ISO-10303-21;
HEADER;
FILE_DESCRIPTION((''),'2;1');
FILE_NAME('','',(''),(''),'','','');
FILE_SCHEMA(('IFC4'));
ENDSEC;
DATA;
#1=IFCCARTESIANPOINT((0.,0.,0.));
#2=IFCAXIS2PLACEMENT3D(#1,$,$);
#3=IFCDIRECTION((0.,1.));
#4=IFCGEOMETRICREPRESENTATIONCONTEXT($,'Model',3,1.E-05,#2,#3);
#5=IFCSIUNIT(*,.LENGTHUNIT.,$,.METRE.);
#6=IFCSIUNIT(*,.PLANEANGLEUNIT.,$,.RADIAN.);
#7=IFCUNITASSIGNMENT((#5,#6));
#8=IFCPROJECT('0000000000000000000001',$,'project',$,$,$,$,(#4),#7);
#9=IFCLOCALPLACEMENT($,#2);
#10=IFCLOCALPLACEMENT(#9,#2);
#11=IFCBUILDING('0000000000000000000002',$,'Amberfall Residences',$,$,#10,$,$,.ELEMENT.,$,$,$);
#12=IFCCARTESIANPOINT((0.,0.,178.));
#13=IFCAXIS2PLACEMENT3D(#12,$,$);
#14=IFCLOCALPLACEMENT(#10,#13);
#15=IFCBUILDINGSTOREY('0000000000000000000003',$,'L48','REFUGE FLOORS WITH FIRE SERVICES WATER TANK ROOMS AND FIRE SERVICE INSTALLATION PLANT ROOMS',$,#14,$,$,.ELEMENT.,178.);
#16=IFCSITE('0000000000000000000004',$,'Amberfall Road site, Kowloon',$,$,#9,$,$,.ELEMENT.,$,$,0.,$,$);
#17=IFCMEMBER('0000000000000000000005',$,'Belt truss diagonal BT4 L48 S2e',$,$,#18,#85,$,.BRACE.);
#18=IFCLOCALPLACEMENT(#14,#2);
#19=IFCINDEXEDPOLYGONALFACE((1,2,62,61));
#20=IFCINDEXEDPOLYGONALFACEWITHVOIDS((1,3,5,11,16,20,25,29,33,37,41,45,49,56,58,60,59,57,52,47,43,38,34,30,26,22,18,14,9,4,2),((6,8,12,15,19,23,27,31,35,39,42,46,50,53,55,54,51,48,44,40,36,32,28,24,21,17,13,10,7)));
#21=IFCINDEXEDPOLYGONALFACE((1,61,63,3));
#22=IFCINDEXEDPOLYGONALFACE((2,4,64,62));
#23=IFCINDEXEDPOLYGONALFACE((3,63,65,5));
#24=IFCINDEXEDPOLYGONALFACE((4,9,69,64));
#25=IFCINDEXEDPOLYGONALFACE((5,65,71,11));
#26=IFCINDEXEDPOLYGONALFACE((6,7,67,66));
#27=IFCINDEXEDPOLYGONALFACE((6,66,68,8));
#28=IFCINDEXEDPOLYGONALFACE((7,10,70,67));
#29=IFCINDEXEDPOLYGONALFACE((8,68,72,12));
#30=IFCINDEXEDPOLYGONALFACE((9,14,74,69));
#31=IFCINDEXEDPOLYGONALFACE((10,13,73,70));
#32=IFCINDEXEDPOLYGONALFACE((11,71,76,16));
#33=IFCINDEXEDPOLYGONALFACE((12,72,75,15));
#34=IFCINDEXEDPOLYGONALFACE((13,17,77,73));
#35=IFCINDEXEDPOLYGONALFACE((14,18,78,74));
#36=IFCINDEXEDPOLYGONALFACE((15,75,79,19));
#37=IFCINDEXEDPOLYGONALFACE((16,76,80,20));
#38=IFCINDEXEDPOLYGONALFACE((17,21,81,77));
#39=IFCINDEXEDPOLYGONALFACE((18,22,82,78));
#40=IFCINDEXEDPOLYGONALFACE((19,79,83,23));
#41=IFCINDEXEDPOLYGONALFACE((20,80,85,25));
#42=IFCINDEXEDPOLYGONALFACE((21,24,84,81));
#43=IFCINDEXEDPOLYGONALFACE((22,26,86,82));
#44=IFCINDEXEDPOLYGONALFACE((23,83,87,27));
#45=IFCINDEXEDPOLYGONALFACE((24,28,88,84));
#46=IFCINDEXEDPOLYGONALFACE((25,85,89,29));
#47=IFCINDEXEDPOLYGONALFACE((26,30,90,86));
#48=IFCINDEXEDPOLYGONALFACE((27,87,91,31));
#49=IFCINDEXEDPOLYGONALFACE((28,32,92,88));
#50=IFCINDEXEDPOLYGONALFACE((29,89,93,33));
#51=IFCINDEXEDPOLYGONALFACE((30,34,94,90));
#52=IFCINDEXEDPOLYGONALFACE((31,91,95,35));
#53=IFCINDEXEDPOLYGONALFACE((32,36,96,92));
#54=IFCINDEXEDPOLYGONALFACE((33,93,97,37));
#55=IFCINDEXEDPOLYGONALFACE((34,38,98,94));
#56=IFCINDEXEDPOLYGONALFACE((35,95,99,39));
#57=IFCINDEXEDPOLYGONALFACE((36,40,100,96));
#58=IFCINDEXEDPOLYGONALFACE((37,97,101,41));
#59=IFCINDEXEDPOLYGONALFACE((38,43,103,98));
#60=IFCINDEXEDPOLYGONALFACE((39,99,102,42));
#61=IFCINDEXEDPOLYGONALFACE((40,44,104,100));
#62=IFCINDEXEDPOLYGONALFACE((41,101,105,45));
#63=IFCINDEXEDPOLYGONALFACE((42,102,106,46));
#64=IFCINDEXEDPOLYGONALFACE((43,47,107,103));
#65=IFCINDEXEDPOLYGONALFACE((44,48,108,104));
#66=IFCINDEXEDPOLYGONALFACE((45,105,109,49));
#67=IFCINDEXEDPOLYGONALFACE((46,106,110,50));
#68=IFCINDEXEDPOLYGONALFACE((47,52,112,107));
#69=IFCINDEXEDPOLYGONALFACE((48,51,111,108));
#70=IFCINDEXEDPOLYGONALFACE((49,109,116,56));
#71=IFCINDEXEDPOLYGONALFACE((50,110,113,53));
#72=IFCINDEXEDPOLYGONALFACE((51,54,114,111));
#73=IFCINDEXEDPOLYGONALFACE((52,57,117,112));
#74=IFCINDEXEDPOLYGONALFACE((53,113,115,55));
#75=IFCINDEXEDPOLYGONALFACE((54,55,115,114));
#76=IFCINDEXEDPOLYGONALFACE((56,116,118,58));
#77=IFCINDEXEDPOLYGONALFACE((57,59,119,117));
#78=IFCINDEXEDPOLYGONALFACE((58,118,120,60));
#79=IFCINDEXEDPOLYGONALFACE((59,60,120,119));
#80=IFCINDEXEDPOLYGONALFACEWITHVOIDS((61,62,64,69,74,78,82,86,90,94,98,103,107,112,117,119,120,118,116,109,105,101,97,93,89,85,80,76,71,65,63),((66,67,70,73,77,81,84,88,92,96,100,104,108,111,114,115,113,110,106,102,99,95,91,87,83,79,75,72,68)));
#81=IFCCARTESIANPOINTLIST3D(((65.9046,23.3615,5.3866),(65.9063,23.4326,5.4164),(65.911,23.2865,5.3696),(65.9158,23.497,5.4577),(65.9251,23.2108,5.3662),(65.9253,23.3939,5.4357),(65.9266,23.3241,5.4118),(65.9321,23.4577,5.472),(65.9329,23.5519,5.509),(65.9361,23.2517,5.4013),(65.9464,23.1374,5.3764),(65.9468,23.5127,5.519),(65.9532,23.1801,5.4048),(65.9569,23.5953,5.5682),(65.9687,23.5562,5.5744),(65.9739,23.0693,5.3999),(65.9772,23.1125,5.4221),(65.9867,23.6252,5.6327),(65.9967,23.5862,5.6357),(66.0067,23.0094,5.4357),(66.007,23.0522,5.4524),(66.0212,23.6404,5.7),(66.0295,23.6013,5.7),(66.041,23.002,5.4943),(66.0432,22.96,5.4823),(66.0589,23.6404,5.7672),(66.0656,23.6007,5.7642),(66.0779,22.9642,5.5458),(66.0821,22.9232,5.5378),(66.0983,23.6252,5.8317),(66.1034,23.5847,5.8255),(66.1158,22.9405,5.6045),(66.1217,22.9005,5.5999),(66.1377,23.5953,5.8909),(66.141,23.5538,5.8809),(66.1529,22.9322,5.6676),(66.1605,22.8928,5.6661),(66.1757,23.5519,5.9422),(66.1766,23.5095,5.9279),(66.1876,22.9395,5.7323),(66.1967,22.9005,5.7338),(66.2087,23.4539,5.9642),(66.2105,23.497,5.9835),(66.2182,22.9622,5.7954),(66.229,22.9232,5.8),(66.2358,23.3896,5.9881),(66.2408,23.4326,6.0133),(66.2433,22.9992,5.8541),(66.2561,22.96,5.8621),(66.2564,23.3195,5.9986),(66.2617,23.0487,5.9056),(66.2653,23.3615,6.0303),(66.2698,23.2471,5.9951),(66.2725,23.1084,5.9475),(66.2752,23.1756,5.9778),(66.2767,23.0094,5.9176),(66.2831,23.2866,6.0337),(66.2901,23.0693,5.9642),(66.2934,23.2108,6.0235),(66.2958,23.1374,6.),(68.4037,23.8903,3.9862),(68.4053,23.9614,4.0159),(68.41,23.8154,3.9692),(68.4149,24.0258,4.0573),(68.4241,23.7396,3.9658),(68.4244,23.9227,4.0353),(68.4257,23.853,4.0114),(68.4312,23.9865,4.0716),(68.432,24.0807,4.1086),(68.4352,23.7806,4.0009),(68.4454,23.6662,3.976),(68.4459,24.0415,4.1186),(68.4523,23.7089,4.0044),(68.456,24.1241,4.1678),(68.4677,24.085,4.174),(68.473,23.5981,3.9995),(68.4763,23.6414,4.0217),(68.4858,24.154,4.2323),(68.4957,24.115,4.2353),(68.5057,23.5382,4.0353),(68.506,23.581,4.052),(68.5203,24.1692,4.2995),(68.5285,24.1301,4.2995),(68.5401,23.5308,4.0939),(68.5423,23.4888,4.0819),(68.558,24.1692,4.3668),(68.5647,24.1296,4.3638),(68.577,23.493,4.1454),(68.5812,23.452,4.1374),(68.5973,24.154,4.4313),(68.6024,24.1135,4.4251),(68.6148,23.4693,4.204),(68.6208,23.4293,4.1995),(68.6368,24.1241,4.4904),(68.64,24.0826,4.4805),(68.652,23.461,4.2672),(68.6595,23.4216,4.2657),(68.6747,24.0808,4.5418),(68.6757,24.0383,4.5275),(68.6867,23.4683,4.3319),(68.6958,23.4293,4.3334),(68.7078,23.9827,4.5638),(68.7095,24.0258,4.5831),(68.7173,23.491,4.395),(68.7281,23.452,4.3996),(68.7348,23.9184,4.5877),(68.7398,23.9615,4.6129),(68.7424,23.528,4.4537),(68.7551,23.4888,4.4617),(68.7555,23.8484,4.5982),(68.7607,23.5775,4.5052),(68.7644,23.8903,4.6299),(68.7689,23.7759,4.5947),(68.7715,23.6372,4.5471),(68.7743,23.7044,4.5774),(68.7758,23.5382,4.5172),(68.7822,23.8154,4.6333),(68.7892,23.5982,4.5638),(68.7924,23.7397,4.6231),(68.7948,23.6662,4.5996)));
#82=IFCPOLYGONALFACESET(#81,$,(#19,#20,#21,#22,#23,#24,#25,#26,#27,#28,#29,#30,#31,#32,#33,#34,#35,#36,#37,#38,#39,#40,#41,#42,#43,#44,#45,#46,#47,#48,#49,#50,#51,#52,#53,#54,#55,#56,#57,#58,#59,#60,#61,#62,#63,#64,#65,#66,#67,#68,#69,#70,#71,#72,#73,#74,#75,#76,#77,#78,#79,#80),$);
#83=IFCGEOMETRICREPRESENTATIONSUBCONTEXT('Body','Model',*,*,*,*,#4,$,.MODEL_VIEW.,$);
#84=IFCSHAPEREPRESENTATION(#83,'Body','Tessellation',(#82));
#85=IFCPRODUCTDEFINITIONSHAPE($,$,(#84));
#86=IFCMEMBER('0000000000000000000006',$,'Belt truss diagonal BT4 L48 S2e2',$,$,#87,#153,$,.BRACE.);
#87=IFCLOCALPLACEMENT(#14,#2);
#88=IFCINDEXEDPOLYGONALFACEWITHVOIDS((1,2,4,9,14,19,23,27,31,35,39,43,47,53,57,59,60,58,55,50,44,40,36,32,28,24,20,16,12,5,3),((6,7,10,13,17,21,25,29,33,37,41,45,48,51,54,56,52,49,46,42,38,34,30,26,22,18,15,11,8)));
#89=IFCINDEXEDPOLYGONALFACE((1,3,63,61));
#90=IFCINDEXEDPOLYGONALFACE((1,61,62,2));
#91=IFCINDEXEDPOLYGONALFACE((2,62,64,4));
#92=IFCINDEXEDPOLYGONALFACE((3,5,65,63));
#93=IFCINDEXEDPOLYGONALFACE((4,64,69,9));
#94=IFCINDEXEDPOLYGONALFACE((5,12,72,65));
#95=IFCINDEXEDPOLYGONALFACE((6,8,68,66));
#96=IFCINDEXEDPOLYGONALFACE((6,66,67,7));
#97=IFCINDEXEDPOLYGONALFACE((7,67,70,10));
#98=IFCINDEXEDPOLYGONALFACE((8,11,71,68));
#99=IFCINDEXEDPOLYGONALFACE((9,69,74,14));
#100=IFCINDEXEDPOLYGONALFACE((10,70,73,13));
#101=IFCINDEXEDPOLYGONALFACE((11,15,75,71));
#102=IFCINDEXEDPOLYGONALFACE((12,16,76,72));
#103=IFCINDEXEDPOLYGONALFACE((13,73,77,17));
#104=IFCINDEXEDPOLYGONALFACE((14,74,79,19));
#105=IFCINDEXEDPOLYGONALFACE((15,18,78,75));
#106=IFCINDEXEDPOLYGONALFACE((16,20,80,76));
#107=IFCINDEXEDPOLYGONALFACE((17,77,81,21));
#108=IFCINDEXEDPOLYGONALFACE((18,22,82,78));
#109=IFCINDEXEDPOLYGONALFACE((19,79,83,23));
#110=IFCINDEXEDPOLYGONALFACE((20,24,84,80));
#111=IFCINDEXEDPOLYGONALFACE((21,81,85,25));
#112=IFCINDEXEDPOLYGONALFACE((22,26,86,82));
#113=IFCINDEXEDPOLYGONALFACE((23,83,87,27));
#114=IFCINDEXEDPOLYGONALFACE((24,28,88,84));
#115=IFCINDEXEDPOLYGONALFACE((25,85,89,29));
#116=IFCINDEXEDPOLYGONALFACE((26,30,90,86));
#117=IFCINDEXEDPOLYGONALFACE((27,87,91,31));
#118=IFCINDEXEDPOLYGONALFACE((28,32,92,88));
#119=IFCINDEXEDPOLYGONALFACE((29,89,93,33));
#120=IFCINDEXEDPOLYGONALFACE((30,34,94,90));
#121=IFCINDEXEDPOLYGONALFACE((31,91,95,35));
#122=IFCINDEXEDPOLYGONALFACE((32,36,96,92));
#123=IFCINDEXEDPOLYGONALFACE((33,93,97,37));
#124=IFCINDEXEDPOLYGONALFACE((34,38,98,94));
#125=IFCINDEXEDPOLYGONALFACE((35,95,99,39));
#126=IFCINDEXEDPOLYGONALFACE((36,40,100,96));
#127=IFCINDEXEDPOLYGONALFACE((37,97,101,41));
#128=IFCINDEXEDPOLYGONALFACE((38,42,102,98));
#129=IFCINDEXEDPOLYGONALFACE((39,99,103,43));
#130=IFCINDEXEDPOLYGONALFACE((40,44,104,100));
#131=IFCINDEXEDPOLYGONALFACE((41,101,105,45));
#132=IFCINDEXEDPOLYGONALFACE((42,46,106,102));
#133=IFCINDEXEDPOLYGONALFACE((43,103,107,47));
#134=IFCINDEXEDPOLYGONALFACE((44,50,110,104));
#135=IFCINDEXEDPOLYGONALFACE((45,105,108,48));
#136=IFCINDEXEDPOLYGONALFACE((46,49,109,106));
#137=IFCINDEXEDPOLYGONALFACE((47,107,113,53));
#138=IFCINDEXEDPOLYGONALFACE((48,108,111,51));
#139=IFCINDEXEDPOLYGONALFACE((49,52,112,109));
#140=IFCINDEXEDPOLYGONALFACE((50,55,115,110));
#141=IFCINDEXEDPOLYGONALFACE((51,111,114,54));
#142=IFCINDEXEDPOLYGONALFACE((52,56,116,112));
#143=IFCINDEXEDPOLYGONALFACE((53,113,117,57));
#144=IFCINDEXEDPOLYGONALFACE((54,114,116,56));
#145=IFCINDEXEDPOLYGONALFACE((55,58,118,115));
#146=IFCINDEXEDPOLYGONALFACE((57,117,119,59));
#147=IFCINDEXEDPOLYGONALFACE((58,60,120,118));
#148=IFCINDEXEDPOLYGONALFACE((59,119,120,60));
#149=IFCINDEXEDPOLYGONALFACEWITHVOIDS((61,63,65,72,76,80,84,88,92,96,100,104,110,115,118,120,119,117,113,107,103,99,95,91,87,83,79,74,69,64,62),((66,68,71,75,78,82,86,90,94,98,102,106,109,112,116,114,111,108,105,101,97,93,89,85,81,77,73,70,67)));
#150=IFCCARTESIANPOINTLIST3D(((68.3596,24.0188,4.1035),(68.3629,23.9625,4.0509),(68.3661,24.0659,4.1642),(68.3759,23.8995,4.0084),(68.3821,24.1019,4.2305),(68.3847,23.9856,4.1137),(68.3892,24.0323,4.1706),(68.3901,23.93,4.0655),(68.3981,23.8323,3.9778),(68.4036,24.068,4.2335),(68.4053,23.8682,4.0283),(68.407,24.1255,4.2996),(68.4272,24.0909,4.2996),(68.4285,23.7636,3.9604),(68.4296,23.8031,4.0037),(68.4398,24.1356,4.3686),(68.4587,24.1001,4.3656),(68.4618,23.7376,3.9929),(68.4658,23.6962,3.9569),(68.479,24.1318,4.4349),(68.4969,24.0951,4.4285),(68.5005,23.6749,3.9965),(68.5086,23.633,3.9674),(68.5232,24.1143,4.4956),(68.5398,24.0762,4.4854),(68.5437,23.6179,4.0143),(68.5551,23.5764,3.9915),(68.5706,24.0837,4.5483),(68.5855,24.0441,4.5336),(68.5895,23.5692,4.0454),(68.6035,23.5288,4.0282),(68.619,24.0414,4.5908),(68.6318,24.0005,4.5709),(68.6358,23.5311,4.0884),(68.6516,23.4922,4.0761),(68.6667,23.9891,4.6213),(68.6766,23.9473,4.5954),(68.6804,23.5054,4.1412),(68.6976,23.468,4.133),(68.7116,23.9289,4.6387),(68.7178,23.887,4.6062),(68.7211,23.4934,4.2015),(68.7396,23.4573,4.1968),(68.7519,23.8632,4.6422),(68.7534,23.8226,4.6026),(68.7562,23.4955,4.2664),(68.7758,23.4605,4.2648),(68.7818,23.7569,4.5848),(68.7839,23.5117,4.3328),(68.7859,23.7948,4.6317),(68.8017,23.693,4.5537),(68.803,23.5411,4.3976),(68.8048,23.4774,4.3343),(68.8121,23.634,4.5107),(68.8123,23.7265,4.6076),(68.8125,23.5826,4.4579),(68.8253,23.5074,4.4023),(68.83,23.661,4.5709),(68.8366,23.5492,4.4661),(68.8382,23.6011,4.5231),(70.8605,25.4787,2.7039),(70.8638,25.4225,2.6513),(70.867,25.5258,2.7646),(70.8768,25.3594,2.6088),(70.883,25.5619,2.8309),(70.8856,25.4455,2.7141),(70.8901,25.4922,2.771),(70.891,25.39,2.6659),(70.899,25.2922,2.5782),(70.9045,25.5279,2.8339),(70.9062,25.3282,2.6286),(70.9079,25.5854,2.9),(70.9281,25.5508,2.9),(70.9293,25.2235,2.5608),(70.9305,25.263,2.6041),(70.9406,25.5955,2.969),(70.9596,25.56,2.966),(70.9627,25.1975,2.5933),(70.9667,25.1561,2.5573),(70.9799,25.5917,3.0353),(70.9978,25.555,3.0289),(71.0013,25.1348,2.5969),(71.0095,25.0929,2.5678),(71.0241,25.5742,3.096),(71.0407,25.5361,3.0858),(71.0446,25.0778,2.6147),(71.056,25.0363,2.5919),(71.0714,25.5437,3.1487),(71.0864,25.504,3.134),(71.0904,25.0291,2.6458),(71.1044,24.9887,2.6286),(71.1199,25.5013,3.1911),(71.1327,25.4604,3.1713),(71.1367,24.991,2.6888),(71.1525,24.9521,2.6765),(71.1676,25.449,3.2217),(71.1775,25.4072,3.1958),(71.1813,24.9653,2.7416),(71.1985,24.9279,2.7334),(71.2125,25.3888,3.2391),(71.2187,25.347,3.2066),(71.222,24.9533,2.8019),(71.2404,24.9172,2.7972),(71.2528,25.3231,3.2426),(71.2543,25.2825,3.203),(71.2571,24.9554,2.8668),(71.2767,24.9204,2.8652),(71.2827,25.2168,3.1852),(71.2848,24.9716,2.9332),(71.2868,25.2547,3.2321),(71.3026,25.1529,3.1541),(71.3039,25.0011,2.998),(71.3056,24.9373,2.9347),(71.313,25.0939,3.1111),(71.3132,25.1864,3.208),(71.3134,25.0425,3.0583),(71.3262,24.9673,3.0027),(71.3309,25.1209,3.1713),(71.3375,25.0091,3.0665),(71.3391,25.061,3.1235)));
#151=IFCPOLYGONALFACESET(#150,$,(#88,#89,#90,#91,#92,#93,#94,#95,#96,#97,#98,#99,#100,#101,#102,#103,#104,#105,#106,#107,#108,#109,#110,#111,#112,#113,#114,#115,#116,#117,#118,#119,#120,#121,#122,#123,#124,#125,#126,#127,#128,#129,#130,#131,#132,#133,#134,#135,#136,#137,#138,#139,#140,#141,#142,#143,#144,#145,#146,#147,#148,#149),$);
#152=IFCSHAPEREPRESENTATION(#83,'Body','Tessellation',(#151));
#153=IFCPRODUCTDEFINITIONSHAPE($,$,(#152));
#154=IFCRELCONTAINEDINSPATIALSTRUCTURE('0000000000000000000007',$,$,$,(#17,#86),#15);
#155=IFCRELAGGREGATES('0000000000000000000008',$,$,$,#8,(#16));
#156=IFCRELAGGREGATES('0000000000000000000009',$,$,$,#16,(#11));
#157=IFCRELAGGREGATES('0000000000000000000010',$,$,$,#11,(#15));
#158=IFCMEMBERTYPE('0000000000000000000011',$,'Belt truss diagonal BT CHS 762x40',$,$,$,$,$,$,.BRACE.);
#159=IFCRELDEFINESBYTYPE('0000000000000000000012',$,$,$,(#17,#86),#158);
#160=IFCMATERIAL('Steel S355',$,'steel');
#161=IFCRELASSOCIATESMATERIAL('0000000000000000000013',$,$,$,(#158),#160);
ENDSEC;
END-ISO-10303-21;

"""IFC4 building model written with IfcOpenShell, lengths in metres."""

from ifc_helpers import new_model, si_unit, direction, frame, origin, origin_2d, place, context, subcontext, project, spatial, hollow_circle, extrude, material, material_profile, profile_set, type_object, element, save


model = new_model("IFC4")

# Units and contexts
model_context = context("Model", 3, precision=1e-05, world=origin(), true_north=direction((0.0, 1.0)))
body_context = subcontext(model_context, "Body", "Model", "MODEL_VIEW")
ifc_project = project(units=[si_unit("LENGTHUNIT", "METRE"), si_unit("PLANEANGLEUNIT", "RADIAN")], contexts=[model_context])

# Site, building, storey
site_placement = place(None, origin())
site = spatial("IfcSite", under=ifc_project, at=site_placement, Name="Amberfall Road site, Kowloon", CompositionType="ELEMENT", RefElevation=0.0)
building_placement = place(site_placement, origin())
building = spatial("IfcBuilding", under=site, at=building_placement, Name="Amberfall Residences", CompositionType="ELEMENT")
storey_placement = place(building_placement, frame((0.0, 0.0, 178.0)))
storey = spatial("IfcBuildingStorey", under=building, at=storey_placement, Name="L48", Description="REFUGE FLOORS WITH FIRE SERVICES WATER TANK ROOMS AND FIRE SERVICE INSTALLATION PLANT ROOMS", CompositionType="ELEMENT", Elevation=178.0)

# Shared definitions
ifc_material_1 = material(Name="Steel S355", Category="steel")

# Members
ifc_material_profile_1 = material_profile(ifc_material_1, hollow_circle(Radius=0.3811, WallThickness=0.04, at=origin_2d()), Name="CHS 762x40")
ifc_profile_set_1 = profile_set([ifc_material_profile_1], Name="Steel S355")
member_type_1 = type_object("IfcMemberType", Name="Belt truss diagonal BT CHS 762x40", PredefinedType="BRACE", material=ifc_profile_set_1)
member_1_placement = place(storey_placement, frame((66.1001, 23.2676, 5.7), z_axis=(0.857872, 0.181531, -0.48073), x_axis=(-0.207022, 0.978336, 0.0)))
element("IfcMember", 1, at=member_1_placement, inside=storey, type_object=member_type_1, Name="Belt truss diagonal BT4 L48 S2e", PredefinedType="BRACE", context=body_context, shape_type="SweptSolid", body=[
    extrude(hollow_circle(Radius=0.3811, WallThickness=0.04, at=origin_2d()), origin(), (0.0, 0.0, 1.0), 2.9131),
])
member_2_placement = place(storey_placement, frame((68.5991, 23.7964, 4.2996), z_axis=(0.777563, 0.453907, -0.435159), x_axis=(-0.504144, 0.86362, 0.0)))
element("IfcMember", 2, at=member_2_placement, inside=storey, type_object=member_type_1, Name="Belt truss diagonal BT4 L48 S2e2", PredefinedType="BRACE", context=body_context, shape_type="SweptSolid", body=[
    extrude(hollow_circle(Radius=0.3811, WallThickness=0.04, at=origin_2d()), origin(), (0.0, 0.0, 1.0), 3.2163),
])

save(model, "model.ifc")
